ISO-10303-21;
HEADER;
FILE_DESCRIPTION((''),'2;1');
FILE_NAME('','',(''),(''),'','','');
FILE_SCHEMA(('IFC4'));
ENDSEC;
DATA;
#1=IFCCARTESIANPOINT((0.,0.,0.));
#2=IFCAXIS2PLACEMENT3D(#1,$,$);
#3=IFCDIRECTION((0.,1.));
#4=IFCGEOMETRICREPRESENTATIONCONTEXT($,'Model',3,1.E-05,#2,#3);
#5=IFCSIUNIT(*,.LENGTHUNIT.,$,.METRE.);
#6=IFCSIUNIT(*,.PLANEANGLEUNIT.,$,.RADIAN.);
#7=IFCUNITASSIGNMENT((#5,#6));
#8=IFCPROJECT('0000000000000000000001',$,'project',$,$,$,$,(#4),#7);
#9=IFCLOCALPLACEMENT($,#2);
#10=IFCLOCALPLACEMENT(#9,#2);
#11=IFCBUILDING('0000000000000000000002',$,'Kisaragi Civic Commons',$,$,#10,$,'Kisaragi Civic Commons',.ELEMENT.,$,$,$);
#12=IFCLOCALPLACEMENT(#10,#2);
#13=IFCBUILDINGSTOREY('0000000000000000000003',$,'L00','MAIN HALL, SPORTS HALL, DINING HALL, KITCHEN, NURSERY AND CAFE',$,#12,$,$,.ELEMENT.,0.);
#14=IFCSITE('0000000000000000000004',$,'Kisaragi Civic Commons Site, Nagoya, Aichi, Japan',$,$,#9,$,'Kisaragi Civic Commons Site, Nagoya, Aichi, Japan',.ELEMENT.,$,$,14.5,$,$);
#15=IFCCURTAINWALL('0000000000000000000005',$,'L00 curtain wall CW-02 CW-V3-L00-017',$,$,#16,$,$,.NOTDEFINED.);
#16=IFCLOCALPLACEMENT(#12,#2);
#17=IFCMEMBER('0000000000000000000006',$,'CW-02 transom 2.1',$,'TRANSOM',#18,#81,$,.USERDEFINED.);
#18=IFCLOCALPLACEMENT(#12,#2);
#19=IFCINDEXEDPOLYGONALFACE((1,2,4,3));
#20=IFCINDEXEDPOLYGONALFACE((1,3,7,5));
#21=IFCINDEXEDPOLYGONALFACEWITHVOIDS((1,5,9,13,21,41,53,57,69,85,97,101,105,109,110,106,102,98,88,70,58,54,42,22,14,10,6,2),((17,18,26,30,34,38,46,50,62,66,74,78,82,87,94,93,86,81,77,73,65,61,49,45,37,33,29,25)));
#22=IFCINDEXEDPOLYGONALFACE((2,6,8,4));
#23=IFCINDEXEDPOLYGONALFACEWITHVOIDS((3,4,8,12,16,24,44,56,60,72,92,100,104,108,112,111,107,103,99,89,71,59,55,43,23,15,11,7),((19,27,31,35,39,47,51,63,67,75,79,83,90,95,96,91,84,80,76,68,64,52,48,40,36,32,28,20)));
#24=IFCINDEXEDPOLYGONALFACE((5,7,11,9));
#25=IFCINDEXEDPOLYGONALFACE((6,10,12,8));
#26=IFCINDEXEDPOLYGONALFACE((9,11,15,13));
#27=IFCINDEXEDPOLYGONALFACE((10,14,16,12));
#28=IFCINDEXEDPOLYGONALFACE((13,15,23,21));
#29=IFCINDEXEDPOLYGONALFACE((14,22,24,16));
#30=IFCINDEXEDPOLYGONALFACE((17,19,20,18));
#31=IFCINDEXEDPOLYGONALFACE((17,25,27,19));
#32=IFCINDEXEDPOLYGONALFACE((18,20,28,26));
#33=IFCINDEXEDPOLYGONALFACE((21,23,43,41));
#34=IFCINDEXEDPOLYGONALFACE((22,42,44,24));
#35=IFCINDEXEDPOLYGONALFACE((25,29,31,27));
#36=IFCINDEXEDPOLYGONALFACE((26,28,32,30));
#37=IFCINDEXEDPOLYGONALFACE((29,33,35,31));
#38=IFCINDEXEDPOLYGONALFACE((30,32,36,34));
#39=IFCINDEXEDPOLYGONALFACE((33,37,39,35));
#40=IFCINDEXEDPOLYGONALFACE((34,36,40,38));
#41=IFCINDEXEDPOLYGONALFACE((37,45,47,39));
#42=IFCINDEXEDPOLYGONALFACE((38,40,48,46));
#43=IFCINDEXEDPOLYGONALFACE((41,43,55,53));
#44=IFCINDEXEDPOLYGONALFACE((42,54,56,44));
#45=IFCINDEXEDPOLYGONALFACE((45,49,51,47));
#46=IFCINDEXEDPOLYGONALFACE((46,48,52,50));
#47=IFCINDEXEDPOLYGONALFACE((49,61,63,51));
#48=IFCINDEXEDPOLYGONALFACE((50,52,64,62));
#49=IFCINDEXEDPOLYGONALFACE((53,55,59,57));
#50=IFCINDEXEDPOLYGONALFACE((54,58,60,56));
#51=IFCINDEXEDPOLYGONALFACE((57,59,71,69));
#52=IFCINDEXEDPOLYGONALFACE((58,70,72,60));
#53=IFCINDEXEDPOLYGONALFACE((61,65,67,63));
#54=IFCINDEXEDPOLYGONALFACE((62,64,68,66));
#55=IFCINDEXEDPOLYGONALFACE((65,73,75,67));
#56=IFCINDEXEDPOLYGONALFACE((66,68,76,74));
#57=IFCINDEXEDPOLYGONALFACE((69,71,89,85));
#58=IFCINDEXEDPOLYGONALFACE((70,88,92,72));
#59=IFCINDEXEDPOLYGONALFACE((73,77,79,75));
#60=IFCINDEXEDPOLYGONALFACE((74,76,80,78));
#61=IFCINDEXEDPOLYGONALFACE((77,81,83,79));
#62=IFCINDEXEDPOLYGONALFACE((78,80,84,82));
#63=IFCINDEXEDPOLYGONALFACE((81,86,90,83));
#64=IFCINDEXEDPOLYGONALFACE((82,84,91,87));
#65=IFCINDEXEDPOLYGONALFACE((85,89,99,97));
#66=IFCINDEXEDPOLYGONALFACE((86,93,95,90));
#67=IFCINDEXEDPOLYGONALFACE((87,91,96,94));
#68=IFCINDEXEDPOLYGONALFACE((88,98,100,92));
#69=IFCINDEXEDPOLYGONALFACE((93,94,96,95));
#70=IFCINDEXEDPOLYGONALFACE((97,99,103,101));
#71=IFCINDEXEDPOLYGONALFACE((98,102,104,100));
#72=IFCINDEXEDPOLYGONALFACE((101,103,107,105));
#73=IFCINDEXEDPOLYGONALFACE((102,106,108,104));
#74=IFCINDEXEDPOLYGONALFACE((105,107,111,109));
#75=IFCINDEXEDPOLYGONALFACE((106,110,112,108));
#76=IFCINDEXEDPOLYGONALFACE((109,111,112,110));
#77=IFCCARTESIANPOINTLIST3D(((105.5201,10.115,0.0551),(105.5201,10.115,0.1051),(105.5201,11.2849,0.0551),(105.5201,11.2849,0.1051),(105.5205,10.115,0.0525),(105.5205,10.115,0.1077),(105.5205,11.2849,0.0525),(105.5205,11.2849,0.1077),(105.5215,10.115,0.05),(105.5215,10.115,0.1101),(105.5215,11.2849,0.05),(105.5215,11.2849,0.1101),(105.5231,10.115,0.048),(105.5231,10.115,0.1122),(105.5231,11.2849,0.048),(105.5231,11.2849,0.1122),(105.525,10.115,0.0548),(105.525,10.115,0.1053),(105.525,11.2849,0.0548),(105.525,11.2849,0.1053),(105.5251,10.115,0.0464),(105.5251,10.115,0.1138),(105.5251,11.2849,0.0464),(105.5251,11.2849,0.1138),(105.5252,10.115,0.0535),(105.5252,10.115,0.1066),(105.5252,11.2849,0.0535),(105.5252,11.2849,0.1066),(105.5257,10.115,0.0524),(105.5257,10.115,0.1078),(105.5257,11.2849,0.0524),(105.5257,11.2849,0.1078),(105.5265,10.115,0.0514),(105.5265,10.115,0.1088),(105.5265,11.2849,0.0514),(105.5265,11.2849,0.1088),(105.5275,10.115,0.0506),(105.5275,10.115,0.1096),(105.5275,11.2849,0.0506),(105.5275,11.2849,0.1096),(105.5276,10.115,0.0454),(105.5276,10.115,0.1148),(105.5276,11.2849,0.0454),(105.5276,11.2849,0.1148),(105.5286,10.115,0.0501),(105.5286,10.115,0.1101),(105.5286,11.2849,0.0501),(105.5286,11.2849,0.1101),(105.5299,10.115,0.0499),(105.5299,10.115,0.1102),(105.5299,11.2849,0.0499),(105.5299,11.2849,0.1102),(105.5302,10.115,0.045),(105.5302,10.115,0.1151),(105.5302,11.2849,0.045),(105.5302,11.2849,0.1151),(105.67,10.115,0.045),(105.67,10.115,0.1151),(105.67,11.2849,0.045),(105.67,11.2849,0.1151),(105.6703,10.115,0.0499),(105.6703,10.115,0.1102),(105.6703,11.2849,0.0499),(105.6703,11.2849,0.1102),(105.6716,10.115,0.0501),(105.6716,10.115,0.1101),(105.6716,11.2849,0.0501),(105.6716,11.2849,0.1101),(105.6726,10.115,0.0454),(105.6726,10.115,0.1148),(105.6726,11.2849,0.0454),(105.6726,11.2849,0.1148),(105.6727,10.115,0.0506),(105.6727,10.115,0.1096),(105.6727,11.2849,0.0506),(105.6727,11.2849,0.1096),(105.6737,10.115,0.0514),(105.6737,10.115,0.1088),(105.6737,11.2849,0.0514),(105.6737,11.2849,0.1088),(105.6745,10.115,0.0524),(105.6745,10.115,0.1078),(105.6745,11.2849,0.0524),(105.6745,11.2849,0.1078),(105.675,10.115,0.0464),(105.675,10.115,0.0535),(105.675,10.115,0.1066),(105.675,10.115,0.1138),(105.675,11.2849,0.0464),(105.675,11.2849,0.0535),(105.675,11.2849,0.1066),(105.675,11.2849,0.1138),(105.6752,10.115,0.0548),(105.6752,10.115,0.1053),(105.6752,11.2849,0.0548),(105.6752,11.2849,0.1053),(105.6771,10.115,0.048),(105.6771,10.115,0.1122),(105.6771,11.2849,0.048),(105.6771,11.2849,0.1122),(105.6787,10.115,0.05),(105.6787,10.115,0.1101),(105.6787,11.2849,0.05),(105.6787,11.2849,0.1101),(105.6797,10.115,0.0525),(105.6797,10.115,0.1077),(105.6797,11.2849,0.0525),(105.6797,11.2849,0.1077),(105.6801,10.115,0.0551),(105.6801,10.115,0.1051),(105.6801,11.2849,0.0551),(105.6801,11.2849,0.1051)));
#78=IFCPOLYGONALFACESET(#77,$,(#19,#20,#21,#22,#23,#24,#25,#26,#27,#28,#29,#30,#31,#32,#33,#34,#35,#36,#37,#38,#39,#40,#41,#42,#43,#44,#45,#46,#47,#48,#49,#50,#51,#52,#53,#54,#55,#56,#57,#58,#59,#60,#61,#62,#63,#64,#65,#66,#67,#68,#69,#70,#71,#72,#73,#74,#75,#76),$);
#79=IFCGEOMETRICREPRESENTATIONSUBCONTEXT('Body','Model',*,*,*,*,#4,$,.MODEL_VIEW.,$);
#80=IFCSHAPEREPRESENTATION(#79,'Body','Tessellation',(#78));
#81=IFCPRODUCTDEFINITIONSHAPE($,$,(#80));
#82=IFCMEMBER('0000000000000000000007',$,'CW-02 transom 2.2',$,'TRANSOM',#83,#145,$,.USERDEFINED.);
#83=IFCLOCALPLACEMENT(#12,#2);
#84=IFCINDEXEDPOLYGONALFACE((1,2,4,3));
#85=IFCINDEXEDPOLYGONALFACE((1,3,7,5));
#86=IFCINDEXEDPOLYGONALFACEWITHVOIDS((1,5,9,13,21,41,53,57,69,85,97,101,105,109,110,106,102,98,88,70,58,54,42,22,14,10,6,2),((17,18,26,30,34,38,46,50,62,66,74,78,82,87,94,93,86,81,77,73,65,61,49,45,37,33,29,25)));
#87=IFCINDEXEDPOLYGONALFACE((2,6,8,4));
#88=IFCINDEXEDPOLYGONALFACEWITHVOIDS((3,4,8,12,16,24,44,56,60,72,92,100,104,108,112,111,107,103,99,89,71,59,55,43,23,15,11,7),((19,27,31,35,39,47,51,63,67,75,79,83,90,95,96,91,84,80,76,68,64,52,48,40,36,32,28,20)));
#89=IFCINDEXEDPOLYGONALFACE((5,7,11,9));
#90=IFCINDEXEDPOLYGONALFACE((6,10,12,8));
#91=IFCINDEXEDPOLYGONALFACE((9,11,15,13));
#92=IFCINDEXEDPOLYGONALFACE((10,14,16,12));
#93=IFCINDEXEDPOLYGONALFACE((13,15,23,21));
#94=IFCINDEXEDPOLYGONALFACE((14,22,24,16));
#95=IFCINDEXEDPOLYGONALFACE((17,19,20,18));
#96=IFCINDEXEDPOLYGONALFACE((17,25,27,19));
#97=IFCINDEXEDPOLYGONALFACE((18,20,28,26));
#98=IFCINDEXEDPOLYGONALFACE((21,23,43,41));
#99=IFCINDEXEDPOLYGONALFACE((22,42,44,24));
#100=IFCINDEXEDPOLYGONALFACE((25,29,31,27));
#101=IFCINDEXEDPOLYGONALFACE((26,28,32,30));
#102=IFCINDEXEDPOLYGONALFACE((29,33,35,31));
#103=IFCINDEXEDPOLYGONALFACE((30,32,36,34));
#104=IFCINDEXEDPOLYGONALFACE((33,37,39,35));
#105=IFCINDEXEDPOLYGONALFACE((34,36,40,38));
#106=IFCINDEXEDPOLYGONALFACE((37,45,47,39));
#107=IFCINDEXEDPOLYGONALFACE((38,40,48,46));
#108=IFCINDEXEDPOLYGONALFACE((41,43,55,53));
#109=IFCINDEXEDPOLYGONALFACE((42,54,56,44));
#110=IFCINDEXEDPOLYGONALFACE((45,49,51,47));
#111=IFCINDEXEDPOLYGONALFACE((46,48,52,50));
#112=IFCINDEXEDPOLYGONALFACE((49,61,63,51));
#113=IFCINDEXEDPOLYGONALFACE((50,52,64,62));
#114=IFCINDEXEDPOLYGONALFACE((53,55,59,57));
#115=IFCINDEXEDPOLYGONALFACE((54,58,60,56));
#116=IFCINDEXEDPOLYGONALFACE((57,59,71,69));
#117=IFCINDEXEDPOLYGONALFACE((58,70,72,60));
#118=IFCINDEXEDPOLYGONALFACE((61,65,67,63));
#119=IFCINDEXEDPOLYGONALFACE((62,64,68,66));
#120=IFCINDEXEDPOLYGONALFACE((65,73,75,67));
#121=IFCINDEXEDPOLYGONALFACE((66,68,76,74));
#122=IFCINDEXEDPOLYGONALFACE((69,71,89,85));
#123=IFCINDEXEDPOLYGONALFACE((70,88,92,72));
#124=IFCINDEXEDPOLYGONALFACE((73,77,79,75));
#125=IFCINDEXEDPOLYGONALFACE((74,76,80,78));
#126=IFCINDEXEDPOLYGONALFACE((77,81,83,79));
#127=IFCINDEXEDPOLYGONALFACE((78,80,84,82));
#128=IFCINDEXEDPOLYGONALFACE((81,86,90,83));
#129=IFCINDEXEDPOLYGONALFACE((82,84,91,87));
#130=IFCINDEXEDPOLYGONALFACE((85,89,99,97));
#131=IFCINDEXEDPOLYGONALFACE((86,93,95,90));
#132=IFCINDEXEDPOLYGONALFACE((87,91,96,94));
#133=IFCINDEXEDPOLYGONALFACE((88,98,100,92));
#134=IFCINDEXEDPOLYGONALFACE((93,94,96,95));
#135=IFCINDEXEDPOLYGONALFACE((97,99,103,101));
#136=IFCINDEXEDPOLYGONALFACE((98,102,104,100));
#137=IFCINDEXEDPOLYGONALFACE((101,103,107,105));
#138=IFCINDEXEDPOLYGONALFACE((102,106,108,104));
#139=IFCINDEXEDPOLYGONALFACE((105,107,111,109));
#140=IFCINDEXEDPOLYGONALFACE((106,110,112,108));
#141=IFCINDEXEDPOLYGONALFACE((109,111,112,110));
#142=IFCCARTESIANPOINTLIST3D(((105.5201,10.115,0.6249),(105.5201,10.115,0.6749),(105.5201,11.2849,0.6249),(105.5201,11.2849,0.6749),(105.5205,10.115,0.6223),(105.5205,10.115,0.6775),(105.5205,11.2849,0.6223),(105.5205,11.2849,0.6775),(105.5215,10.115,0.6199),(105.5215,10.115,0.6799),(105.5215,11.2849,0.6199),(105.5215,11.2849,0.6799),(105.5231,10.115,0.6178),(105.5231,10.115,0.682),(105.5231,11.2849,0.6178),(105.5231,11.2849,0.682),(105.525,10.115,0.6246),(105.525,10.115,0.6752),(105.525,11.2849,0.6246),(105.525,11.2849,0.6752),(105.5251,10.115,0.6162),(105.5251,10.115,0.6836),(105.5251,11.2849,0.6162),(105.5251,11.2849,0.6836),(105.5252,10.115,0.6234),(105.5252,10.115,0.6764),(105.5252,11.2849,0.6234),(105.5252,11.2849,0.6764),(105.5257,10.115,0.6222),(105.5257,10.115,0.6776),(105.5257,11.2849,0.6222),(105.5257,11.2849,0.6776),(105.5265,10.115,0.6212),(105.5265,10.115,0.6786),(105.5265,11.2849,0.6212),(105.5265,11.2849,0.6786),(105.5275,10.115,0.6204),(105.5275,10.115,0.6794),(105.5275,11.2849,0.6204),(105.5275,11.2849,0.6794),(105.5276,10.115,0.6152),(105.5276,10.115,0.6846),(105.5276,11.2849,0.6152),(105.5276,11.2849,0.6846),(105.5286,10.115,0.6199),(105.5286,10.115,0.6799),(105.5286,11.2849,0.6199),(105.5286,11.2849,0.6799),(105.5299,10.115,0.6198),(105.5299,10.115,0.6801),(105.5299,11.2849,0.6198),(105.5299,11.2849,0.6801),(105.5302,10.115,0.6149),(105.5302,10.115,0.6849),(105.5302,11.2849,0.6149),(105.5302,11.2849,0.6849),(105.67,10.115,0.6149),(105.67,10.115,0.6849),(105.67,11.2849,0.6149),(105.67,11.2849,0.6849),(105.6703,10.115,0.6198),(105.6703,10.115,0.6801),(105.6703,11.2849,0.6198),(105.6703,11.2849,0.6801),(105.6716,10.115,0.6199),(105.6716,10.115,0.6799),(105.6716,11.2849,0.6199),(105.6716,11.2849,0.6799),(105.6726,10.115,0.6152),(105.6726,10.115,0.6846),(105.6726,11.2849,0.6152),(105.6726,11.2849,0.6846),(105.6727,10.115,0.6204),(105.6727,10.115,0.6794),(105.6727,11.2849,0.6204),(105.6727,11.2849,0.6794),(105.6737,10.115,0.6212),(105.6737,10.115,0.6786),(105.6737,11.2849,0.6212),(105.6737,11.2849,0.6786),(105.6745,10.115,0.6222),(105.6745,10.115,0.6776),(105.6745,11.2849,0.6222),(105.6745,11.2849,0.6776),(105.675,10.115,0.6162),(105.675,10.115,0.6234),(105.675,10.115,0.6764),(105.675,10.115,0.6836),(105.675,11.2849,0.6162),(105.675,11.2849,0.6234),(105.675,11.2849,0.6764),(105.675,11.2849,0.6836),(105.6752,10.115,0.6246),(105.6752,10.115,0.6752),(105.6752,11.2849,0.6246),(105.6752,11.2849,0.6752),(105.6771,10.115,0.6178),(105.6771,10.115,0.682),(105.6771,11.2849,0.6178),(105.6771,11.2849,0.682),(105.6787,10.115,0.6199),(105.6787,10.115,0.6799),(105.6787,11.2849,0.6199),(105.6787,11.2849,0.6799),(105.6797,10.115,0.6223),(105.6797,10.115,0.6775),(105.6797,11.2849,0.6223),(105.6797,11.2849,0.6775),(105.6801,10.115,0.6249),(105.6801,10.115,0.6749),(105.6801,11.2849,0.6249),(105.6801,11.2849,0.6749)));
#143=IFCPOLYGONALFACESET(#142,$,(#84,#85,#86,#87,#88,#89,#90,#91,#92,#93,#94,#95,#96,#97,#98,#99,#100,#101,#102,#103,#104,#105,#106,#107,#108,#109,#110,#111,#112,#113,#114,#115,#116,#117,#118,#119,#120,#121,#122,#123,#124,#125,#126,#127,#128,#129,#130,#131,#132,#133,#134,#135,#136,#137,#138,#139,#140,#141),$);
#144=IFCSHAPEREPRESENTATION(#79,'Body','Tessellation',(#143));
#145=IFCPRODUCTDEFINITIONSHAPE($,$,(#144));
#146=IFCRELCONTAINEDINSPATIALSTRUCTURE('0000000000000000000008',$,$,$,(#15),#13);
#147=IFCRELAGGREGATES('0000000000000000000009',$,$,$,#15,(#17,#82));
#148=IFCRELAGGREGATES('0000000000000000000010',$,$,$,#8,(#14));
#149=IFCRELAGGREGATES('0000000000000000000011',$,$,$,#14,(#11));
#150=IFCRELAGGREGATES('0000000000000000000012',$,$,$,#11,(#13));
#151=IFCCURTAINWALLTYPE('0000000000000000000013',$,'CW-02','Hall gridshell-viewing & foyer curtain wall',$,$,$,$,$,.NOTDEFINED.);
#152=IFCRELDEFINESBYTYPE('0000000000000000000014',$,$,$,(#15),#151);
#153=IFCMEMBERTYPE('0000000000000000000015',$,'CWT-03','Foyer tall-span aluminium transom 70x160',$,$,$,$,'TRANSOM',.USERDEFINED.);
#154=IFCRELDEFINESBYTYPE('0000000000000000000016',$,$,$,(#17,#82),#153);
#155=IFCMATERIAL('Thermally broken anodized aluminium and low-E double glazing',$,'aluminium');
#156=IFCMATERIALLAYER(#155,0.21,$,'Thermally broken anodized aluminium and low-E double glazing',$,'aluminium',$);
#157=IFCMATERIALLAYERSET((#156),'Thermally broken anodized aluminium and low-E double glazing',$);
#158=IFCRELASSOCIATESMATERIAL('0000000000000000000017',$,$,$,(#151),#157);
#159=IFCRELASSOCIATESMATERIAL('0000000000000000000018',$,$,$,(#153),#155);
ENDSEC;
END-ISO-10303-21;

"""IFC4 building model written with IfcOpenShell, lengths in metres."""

from ifc_helpers import new_model, si_unit, direction, frame, origin, origin_2d, place, context, subcontext, project, spatial, hollow_rectangle, extrude, material, layer, layer_set, material_profile, profile_set, type_object, element, aggregate, save


model = new_model("IFC4")

# Units and contexts
model_context = context("Model", 3, precision=1e-05, world=origin(), true_north=direction((0.0, 1.0)))
body_context = subcontext(model_context, "Body", "Model", "MODEL_VIEW")
ifc_project = project(units=[si_unit("LENGTHUNIT", "METRE"), si_unit("PLANEANGLEUNIT", "RADIAN")], contexts=[model_context])

# Site, building, storey
site_placement = place(None, origin())
site = spatial("IfcSite", under=ifc_project, at=site_placement, Name="Kisaragi Civic Commons Site, Nagoya, Aichi, Japan", LongName="Kisaragi Civic Commons Site, Nagoya, Aichi, Japan", CompositionType="ELEMENT", RefElevation=14.5)
building_placement = place(site_placement, origin())
building = spatial("IfcBuilding", under=site, at=building_placement, Name="Kisaragi Civic Commons", LongName="Kisaragi Civic Commons", CompositionType="ELEMENT")
storey_placement = place(building_placement, origin())
storey = spatial("IfcBuildingStorey", under=building, at=storey_placement, Name="L00", Description="MAIN HALL, SPORTS HALL, DINING HALL, KITCHEN, NURSERY AND CAFE", CompositionType="ELEMENT", Elevation=0.0)

# Curtain wall
ifc_material_1 = material(Name="Thermally broken anodized aluminium and low-E double glazing", Category="aluminium")
ifc_layer_1 = layer(ifc_material_1, 0.21, Name="Thermally broken anodized aluminium and low-E double glazing", Category="aluminium")
ifc_layer_set_1 = layer_set([ifc_layer_1], Name="Thermally broken anodized aluminium and low-E double glazing")
curtain_wall_type = type_object("IfcCurtainWallType", Name="CW-02", Description="Hall gridshell-viewing & foyer curtain wall", PredefinedType="NOTDEFINED", material=ifc_layer_set_1)
curtain_wall_1_placement = place(storey_placement, origin())
curtain_wall_1 = element("IfcCurtainWall", 1, at=curtain_wall_1_placement, inside=storey, type_object=curtain_wall_type, Name="L00 curtain wall CW-02 CW-V3-L00-017", PredefinedType="NOTDEFINED")

# Members
ifc_material_profile_1 = material_profile(ifc_material_1, hollow_rectangle(XDim=0.1599, YDim=0.0701, WallThickness=0.0049, InnerFilletRadius=0.0049, OuterFilletRadius=0.01, at=origin_2d()), Name="CWT-70x160x5", Category="aluminium")
ifc_profile_set_1 = profile_set([ifc_material_profile_1], Name="Thermally broken anodized aluminium and low-E double glazing")
member_type_1 = type_object("IfcMemberType", Name="CWT-03", Description="Foyer tall-span aluminium transom 70x160", ElementType="TRANSOM", PredefinedType="USERDEFINED", material=ifc_profile_set_1)
member_1_placement = place(storey_placement, frame((105.6001, 10.115, 0.0801), z_axis=(0.0, 1.0, 0.0), x_axis=(-1.0, 0.0, 0.0)))
member_1 = element("IfcMember", 2, at=member_1_placement, type_object=member_type_1, Name="CW-02 transom 2.1", ObjectType="TRANSOM", PredefinedType="USERDEFINED", context=body_context, shape_type="SweptSolid", body=[
    extrude(hollow_rectangle(XDim=0.1599, YDim=0.0701, WallThickness=0.0049, InnerFilletRadius=0.0049, OuterFilletRadius=0.01, at=origin_2d()), origin(), (0.0, 0.0, 1.0), 1.1699),
])
member_2_placement = place(storey_placement, frame((105.6001, 10.115, 0.6499), z_axis=(0.0, 1.0, 0.0), x_axis=(-1.0, 0.0, 0.0)))
member_2 = element("IfcMember", 3, at=member_2_placement, type_object=member_type_1, Name="CW-02 transom 2.2", ObjectType="TRANSOM", PredefinedType="USERDEFINED", context=body_context, shape_type="SweptSolid", body=[
    extrude(hollow_rectangle(XDim=0.1599, YDim=0.0701, WallThickness=0.0049, InnerFilletRadius=0.0049, OuterFilletRadius=0.01, at=origin_2d()), origin(), (0.0, 0.0, 1.0), 1.1699),
])

aggregate(curtain_wall_1, [member_1, member_2])

save(model, "model.ifc")
